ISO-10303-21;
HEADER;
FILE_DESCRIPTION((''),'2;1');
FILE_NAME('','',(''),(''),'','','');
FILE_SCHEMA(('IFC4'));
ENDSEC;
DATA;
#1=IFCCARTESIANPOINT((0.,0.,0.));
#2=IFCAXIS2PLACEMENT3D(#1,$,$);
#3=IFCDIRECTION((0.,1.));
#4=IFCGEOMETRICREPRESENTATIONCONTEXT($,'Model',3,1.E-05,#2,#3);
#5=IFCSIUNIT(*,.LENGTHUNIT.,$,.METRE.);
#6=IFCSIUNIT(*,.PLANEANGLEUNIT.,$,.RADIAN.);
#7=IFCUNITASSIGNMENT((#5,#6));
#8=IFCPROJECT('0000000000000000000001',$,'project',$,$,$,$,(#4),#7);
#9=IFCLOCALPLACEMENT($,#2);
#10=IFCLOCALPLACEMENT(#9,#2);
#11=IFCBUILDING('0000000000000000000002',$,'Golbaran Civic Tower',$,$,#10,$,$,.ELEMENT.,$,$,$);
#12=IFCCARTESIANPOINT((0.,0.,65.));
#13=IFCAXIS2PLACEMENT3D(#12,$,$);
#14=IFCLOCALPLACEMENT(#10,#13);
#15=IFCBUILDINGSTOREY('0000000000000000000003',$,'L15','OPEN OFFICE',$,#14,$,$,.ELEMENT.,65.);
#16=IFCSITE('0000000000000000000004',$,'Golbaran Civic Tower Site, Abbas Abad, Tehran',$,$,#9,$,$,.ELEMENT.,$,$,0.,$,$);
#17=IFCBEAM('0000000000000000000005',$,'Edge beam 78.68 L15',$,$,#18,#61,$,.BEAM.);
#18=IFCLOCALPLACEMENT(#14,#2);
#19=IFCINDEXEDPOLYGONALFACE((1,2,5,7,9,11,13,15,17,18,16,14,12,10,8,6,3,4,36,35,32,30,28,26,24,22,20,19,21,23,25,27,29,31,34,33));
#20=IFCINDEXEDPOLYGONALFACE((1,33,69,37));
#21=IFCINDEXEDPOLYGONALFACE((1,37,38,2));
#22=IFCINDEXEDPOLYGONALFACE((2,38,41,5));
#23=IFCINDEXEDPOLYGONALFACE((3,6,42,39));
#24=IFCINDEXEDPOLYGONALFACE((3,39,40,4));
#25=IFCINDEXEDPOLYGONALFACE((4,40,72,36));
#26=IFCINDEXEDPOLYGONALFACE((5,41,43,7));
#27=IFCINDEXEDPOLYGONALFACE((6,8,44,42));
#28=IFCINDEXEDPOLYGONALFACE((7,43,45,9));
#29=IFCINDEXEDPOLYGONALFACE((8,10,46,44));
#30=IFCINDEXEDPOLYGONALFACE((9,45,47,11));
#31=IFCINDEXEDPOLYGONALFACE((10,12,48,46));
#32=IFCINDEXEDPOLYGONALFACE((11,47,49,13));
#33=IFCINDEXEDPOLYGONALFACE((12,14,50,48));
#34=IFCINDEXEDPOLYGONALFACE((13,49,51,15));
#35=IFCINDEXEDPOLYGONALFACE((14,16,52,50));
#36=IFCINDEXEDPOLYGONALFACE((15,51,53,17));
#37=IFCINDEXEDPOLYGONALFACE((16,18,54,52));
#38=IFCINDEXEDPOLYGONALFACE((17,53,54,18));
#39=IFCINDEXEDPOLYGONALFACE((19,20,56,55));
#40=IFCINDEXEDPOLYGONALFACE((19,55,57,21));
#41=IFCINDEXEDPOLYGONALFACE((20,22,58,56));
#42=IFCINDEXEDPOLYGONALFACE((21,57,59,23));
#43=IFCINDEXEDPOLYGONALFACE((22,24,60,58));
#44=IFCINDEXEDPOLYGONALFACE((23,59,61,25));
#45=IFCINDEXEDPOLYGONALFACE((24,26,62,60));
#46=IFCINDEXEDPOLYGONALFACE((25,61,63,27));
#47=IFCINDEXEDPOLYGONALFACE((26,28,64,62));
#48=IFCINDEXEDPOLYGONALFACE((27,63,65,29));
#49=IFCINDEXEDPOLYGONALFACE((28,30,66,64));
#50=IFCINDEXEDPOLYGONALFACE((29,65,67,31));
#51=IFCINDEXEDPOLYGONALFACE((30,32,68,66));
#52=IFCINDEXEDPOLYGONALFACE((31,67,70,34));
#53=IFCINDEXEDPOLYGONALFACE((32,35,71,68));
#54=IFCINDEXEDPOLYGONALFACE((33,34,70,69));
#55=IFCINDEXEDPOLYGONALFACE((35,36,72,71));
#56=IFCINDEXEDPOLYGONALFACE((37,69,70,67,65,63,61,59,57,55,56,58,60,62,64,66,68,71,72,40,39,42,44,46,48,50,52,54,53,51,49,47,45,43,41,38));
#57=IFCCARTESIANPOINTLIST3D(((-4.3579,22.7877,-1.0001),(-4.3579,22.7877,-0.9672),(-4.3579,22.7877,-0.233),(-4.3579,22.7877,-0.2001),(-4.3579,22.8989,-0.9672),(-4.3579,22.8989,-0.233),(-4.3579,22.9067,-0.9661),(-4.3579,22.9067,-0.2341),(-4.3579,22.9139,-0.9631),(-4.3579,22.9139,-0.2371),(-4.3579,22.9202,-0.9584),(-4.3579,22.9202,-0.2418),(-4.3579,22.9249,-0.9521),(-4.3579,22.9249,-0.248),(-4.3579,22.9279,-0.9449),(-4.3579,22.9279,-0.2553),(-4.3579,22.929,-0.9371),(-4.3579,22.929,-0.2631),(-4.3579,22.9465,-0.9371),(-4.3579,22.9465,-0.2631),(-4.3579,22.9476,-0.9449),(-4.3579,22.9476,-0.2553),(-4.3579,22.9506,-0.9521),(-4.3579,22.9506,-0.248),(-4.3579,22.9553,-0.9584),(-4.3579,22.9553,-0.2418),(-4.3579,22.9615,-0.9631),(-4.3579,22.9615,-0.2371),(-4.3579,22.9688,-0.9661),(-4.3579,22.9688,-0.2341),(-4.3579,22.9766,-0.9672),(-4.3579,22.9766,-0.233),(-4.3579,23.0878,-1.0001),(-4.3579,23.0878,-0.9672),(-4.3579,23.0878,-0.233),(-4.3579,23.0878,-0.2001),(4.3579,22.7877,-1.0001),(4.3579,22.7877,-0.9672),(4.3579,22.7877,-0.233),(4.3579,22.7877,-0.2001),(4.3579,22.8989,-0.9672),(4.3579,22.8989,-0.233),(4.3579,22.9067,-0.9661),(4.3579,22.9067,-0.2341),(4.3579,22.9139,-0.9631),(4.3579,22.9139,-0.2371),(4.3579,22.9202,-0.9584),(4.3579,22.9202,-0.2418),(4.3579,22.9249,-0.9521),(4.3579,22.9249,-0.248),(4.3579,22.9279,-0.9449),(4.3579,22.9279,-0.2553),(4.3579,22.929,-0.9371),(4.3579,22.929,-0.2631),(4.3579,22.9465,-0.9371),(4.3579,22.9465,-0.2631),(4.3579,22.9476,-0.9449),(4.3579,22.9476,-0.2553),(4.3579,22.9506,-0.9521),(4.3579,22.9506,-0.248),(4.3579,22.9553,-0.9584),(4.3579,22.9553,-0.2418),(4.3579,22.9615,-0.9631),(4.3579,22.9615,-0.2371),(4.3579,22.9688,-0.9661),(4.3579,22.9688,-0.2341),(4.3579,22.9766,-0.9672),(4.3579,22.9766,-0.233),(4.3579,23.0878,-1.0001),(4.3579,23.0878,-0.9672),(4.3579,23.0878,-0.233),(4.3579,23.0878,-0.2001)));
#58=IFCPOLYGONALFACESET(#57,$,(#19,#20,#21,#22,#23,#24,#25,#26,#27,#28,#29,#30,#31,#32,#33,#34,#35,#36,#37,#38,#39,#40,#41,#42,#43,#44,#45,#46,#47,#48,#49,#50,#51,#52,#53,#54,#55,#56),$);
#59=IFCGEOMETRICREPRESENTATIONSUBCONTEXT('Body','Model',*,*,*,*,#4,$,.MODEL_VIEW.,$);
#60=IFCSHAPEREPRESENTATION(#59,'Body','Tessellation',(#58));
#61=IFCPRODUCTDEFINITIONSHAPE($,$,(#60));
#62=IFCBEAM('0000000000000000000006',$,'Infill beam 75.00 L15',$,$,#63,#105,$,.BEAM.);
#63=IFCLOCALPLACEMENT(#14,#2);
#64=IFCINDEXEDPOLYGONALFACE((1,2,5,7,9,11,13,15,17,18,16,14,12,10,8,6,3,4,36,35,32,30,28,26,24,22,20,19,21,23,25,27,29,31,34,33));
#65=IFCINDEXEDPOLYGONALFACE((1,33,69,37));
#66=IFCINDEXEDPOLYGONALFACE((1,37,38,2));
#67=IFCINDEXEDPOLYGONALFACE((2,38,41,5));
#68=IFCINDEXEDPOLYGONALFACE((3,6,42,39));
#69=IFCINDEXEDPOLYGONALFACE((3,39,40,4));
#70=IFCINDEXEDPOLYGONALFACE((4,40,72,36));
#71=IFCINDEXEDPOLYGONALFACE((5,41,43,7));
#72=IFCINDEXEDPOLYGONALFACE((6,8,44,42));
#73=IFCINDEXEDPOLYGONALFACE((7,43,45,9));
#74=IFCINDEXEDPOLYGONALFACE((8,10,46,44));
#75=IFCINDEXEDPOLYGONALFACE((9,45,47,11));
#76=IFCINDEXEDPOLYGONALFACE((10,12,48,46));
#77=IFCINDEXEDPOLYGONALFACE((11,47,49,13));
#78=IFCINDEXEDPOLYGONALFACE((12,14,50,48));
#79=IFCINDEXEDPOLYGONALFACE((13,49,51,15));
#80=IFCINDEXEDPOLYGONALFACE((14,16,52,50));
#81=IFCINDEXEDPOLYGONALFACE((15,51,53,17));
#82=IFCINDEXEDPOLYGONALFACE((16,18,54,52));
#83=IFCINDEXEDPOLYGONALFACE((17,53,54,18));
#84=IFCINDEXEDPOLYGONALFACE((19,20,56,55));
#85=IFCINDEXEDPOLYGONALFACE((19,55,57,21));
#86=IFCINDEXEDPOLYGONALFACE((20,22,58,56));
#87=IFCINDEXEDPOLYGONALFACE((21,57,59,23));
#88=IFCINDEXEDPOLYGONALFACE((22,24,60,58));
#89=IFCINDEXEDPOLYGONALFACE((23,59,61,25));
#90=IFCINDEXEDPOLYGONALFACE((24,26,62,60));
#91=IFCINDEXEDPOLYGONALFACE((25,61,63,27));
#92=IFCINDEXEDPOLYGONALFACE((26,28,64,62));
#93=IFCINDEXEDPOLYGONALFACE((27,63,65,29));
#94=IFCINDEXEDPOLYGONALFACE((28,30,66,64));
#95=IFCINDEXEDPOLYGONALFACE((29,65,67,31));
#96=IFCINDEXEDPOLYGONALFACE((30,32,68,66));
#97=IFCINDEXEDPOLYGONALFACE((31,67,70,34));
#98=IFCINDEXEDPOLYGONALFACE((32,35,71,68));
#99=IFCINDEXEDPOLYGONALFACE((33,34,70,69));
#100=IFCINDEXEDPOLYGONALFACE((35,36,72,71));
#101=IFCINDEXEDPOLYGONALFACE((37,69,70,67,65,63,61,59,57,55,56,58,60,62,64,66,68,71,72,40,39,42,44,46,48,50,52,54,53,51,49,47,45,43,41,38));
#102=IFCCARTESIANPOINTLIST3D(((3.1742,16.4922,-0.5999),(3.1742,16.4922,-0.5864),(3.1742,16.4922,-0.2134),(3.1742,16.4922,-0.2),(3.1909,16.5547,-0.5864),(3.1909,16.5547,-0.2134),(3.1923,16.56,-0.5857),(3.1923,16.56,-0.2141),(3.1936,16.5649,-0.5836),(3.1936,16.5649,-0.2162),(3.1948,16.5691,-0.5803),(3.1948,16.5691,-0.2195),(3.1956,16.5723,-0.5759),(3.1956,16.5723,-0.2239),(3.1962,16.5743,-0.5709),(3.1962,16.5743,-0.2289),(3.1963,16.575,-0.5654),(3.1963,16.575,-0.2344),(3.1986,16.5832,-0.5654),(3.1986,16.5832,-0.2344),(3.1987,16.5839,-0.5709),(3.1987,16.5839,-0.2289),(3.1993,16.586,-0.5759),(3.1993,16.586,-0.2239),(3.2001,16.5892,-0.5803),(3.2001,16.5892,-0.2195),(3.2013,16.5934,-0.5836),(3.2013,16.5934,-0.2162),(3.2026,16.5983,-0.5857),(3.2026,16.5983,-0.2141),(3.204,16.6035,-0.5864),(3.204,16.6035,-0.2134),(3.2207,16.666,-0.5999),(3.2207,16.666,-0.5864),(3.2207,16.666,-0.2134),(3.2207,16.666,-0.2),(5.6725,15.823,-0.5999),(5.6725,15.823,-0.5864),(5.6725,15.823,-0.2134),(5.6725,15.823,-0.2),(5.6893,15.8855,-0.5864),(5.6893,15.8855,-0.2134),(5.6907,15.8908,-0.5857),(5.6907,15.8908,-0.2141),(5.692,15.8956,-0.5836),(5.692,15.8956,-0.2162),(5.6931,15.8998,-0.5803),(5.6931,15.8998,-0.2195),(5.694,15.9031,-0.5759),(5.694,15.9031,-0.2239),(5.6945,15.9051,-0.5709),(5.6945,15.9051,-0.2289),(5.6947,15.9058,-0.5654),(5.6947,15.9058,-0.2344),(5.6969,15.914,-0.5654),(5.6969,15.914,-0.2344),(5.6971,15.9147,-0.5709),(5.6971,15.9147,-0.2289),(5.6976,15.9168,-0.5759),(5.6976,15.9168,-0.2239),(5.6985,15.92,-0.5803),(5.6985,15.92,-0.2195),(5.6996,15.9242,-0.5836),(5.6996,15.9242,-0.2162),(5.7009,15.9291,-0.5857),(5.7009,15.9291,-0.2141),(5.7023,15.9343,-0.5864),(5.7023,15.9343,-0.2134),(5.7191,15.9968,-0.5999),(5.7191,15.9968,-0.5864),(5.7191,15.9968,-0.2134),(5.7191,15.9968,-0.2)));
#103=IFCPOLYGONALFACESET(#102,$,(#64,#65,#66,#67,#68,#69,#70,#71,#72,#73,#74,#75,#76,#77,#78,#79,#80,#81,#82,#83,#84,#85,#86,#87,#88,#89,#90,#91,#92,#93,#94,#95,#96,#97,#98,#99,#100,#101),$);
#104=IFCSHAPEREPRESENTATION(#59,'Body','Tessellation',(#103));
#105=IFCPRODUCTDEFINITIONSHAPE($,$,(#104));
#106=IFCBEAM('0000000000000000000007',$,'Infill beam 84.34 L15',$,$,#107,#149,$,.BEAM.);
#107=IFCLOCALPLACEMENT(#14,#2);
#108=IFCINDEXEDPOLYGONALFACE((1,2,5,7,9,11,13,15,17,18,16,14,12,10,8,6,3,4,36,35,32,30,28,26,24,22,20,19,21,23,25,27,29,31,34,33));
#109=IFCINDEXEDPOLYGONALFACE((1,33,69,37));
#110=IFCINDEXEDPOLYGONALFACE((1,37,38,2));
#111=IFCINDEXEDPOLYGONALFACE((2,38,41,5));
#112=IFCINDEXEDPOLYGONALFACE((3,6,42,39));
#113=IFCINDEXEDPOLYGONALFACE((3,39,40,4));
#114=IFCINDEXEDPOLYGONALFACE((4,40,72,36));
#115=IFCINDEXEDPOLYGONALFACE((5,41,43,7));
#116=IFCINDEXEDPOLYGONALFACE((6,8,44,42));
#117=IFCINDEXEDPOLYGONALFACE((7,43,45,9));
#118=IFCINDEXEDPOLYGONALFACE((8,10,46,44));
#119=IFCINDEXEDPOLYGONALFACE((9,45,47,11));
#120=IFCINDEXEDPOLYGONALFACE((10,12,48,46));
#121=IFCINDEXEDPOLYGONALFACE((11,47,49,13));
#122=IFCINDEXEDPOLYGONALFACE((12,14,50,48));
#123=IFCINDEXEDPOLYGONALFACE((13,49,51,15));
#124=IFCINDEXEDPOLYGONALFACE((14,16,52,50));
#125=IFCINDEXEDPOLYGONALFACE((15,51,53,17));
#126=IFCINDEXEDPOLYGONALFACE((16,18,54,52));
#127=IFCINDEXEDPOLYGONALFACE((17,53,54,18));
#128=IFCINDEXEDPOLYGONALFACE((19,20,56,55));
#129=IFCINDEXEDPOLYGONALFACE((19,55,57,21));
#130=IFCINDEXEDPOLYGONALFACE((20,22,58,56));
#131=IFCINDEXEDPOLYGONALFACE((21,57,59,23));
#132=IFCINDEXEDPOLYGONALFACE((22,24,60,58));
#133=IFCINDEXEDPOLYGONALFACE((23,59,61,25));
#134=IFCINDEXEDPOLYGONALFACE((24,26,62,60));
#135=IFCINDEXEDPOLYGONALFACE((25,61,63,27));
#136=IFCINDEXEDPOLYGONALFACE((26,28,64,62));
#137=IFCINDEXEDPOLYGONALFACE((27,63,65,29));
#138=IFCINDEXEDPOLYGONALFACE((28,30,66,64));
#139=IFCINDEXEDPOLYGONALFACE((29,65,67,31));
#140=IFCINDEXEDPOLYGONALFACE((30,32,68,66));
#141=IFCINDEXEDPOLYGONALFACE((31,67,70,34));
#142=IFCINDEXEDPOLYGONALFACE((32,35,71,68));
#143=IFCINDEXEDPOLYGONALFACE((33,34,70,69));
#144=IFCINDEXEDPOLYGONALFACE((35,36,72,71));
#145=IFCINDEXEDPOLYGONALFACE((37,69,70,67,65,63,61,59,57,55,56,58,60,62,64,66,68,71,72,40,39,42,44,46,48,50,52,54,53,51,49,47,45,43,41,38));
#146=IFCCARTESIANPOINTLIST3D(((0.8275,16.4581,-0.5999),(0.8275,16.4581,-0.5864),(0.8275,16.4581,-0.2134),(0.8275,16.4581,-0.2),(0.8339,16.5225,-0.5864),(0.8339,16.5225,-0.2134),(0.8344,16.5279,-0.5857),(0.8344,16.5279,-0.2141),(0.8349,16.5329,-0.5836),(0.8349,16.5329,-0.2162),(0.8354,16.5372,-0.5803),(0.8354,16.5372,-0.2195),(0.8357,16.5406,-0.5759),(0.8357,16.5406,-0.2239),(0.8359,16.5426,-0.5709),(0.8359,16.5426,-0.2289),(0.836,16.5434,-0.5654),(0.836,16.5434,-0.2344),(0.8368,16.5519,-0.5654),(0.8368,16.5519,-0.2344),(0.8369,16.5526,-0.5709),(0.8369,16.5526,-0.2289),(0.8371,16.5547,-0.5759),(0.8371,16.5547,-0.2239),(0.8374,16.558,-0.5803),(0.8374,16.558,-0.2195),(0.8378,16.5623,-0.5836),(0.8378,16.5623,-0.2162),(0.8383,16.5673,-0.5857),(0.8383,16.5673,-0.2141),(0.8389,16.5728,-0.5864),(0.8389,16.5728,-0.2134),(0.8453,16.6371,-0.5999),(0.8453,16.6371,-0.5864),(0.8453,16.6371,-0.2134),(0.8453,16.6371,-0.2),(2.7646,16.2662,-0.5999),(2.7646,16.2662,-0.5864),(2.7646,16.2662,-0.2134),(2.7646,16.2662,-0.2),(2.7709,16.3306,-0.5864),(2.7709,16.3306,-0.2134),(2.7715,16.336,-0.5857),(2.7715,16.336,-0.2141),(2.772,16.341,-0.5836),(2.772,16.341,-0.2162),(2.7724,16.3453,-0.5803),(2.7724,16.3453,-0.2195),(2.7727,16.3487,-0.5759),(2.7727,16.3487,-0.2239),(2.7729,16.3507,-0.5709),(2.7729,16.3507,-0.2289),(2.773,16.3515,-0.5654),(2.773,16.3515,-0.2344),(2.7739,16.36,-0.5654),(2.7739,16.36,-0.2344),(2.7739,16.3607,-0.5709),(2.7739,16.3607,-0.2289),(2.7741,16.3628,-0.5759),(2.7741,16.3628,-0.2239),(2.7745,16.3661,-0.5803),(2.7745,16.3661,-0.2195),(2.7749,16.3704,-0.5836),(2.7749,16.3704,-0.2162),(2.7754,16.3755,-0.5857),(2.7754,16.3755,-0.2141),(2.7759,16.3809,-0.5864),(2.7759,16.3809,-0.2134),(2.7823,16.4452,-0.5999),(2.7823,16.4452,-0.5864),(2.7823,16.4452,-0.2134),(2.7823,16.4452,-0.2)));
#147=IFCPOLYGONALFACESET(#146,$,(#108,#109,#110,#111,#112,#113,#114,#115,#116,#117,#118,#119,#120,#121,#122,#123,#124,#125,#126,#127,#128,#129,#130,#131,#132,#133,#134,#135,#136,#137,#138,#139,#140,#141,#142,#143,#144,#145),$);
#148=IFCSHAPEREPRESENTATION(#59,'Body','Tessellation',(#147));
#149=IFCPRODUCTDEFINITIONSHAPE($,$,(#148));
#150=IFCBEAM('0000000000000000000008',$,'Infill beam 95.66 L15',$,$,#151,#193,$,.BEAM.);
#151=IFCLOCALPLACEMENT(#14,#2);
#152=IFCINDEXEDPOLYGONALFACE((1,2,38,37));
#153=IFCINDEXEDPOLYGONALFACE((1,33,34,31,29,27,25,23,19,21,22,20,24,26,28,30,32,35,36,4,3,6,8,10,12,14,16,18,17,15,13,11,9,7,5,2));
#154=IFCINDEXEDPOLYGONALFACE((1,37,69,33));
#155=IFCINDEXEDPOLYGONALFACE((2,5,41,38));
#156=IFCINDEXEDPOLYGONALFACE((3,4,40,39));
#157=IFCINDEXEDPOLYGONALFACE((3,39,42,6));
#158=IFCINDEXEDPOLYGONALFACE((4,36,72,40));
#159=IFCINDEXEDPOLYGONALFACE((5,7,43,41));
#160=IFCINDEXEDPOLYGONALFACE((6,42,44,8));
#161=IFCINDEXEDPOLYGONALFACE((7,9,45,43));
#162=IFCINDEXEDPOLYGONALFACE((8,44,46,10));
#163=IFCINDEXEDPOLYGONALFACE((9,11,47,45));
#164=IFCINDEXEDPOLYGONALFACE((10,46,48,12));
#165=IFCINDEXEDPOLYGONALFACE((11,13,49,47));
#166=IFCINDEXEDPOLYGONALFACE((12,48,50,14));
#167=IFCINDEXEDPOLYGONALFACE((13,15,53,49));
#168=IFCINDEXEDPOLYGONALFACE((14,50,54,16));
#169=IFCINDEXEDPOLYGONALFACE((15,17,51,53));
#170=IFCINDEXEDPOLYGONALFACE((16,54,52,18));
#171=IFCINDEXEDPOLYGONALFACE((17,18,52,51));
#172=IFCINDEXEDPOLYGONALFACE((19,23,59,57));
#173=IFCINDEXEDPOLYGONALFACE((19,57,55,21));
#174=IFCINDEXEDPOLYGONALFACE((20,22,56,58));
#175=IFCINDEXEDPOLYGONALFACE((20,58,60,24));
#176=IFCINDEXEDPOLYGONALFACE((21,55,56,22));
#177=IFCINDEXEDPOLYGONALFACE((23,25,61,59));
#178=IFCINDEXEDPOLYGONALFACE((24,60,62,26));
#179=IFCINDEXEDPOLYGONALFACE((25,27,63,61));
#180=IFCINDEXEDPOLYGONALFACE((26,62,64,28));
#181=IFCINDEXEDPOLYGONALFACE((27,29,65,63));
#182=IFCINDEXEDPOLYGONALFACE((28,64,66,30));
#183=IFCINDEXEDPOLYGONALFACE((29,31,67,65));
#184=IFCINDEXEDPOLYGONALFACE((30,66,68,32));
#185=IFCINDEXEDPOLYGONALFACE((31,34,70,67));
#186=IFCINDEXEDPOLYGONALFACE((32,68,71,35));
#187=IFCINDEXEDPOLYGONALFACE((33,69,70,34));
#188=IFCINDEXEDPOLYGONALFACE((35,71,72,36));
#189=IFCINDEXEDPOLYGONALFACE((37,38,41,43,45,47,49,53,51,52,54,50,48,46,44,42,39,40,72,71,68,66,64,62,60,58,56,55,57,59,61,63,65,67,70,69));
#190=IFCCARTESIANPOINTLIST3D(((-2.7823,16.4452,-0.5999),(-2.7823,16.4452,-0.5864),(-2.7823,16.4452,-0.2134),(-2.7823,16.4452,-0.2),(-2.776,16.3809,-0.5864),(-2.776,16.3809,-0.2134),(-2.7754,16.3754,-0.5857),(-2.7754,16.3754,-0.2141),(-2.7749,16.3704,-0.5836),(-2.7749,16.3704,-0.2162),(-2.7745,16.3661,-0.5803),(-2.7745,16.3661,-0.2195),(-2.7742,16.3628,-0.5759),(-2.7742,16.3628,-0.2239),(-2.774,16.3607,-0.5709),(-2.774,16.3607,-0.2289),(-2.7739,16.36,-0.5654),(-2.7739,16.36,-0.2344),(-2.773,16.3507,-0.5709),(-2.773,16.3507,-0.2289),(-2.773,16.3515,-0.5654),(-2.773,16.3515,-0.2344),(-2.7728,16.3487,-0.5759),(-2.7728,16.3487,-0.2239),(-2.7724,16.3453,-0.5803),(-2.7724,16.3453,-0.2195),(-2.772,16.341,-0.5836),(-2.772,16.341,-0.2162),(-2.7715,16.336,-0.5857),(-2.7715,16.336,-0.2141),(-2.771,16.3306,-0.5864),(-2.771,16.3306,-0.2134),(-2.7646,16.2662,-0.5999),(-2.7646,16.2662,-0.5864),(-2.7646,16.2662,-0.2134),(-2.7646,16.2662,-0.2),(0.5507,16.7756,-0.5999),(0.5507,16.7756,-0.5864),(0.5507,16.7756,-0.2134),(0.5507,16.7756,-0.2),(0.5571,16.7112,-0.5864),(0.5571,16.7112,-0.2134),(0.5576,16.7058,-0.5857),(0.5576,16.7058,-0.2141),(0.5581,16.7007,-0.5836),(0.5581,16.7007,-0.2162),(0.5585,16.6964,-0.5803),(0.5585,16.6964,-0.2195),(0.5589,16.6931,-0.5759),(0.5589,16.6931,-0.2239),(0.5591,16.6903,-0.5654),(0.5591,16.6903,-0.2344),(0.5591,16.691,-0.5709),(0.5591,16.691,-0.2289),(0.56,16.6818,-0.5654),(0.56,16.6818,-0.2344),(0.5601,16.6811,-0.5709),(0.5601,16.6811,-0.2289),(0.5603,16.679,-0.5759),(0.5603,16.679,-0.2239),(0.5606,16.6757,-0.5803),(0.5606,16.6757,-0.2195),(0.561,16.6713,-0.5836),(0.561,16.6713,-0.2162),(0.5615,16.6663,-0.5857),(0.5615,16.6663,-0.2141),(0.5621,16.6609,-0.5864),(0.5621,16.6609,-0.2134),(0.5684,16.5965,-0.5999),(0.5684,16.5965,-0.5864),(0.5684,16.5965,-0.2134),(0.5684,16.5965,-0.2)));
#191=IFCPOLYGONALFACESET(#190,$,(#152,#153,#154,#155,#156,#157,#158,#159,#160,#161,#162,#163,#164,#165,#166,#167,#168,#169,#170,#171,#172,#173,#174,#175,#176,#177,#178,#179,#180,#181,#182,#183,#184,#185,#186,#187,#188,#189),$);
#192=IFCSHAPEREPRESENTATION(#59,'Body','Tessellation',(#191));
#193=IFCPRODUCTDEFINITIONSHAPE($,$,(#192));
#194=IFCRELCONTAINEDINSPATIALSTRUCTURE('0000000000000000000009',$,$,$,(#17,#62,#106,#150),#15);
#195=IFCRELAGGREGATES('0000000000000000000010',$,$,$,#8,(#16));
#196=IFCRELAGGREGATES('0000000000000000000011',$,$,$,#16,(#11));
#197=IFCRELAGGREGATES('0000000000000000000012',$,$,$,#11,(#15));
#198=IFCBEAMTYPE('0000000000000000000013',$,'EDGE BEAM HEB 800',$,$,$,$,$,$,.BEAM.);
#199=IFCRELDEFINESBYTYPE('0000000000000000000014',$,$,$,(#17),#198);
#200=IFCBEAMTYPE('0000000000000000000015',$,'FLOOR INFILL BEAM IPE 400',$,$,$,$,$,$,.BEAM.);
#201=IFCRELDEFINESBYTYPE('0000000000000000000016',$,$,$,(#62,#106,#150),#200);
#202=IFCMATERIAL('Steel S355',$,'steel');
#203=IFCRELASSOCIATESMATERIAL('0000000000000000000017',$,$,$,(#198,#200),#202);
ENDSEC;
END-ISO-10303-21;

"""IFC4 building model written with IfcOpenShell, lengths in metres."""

from ifc_helpers import new_model, si_unit, direction, frame, origin, origin_2d, place, context, subcontext, project, spatial, i_section, extrude, material, material_profile, profile_set, type_object, element, save


model = new_model("IFC4")

# Units and contexts
model_context = context("Model", 3, precision=1e-05, world=origin(), true_north=direction((0.0, 1.0)))
body_context = subcontext(model_context, "Body", "Model", "MODEL_VIEW")
ifc_project = project(units=[si_unit("LENGTHUNIT", "METRE"), si_unit("PLANEANGLEUNIT", "RADIAN")], contexts=[model_context])

# Site, building, storey
site_placement = place(None, origin())
site = spatial("IfcSite", under=ifc_project, at=site_placement, Name="Golbaran Civic Tower Site, Abbas Abad, Tehran", CompositionType="ELEMENT", RefElevation=0.0)
building_placement = place(site_placement, origin())
building = spatial("IfcBuilding", under=site, at=building_placement, Name="Golbaran Civic Tower", CompositionType="ELEMENT")
storey_placement = place(building_placement, frame((0.0, 0.0, 65.0)))
storey = spatial("IfcBuildingStorey", under=building, at=storey_placement, Name="L15", Description="OPEN OFFICE", CompositionType="ELEMENT", Elevation=65.0)

# Beams
ifc_material_1 = material(Name="Steel S355", Category="steel")
ifc_material_profile_1 = material_profile(ifc_material_1, i_section(OverallWidth=0.3, OverallDepth=0.8, WebThickness=0.0176, FlangeThickness=0.033, FilletRadius=0.03, at=origin_2d()), Name="HEB 800")
ifc_profile_set_1 = profile_set([ifc_material_profile_1], Name="Steel S355")
beam_type_1 = type_object("IfcBeamType", Name="EDGE BEAM HEB 800", PredefinedType="BEAM", material=ifc_profile_set_1)
beam_1_placement = place(storey_placement, frame((4.3579, 22.9377, -0.6001), z_axis=(-1.0, 0.0, 0.0), x_axis=(0.0, -1.0, 0.0)))
element("IfcBeam", 1, at=beam_1_placement, inside=storey, type_object=beam_type_1, Name="Edge beam 78.68 L15", PredefinedType="BEAM", context=body_context, shape_type="SweptSolid", body=[
    extrude(i_section(OverallWidth=0.3, OverallDepth=0.8, WebThickness=0.0176, FlangeThickness=0.033, FilletRadius=0.03, at=origin_2d()), origin(), (0.0, 0.0, 1.0), 8.7158),
])
ifc_material_profile_2 = material_profile(ifc_material_1, i_section(OverallWidth=0.1799, OverallDepth=0.3999, WebThickness=0.0085, FlangeThickness=0.0134, FilletRadius=0.021, at=origin_2d()), Name="IPE 400")
ifc_profile_set_2 = profile_set([ifc_material_profile_2], Name="Steel S355")
beam_type_2 = type_object("IfcBeamType", Name="FLOOR INFILL BEAM IPE 400", PredefinedType="BEAM", material=ifc_profile_set_2)
beam_2_placement = place(storey_placement, frame((5.6958, 15.9099, -0.3999), z_axis=(-0.965948, 0.258738, 0.0), x_axis=(-0.258738, -0.965948, 0.0)))
element("IfcBeam", 2, at=beam_2_placement, inside=storey, type_object=beam_type_2, Name="Infill beam 75.00 L15", PredefinedType="BEAM", context=body_context, shape_type="SweptSolid", body=[
    extrude(i_section(OverallWidth=0.1799, OverallDepth=0.3999, WebThickness=0.0085, FlangeThickness=0.0134, FilletRadius=0.021, at=origin_2d()), origin(), (0.0, 0.0, 1.0), 2.5864),
])
beam_3_placement = place(storey_placement, frame((2.7734, 16.3557, -0.3999), z_axis=(-0.995129, 0.098585, 0.0), x_axis=(-0.098585, -0.995129, 0.0)))
element("IfcBeam", 3, at=beam_3_placement, inside=storey, type_object=beam_type_2, Name="Infill beam 84.34 L15", PredefinedType="BEAM", context=body_context, shape_type="SweptSolid", body=[
    extrude(i_section(OverallWidth=0.1799, OverallDepth=0.3999, WebThickness=0.0085, FlangeThickness=0.0134, FilletRadius=0.021, at=origin_2d()), origin(), (0.0, 0.0, 1.0), 1.9465),
])
beam_4_placement = place(storey_placement, frame((0.5596, 16.686, -0.3999), z_axis=(-0.995125, -0.098623, 0.0), x_axis=(0.098623, -0.995125, 0.0)))
element("IfcBeam", 4, at=beam_4_placement, inside=storey, type_object=beam_type_2, Name="Infill beam 95.66 L15", PredefinedType="BEAM", context=body_context, shape_type="SweptSolid", body=[
    extrude(i_section(OverallWidth=0.1799, OverallDepth=0.3999, WebThickness=0.0085, FlangeThickness=0.0134, FilletRadius=0.021, at=origin_2d()), origin(), (0.0, 0.0, 1.0), 3.3494),
])

save(model, "model.ifc")
